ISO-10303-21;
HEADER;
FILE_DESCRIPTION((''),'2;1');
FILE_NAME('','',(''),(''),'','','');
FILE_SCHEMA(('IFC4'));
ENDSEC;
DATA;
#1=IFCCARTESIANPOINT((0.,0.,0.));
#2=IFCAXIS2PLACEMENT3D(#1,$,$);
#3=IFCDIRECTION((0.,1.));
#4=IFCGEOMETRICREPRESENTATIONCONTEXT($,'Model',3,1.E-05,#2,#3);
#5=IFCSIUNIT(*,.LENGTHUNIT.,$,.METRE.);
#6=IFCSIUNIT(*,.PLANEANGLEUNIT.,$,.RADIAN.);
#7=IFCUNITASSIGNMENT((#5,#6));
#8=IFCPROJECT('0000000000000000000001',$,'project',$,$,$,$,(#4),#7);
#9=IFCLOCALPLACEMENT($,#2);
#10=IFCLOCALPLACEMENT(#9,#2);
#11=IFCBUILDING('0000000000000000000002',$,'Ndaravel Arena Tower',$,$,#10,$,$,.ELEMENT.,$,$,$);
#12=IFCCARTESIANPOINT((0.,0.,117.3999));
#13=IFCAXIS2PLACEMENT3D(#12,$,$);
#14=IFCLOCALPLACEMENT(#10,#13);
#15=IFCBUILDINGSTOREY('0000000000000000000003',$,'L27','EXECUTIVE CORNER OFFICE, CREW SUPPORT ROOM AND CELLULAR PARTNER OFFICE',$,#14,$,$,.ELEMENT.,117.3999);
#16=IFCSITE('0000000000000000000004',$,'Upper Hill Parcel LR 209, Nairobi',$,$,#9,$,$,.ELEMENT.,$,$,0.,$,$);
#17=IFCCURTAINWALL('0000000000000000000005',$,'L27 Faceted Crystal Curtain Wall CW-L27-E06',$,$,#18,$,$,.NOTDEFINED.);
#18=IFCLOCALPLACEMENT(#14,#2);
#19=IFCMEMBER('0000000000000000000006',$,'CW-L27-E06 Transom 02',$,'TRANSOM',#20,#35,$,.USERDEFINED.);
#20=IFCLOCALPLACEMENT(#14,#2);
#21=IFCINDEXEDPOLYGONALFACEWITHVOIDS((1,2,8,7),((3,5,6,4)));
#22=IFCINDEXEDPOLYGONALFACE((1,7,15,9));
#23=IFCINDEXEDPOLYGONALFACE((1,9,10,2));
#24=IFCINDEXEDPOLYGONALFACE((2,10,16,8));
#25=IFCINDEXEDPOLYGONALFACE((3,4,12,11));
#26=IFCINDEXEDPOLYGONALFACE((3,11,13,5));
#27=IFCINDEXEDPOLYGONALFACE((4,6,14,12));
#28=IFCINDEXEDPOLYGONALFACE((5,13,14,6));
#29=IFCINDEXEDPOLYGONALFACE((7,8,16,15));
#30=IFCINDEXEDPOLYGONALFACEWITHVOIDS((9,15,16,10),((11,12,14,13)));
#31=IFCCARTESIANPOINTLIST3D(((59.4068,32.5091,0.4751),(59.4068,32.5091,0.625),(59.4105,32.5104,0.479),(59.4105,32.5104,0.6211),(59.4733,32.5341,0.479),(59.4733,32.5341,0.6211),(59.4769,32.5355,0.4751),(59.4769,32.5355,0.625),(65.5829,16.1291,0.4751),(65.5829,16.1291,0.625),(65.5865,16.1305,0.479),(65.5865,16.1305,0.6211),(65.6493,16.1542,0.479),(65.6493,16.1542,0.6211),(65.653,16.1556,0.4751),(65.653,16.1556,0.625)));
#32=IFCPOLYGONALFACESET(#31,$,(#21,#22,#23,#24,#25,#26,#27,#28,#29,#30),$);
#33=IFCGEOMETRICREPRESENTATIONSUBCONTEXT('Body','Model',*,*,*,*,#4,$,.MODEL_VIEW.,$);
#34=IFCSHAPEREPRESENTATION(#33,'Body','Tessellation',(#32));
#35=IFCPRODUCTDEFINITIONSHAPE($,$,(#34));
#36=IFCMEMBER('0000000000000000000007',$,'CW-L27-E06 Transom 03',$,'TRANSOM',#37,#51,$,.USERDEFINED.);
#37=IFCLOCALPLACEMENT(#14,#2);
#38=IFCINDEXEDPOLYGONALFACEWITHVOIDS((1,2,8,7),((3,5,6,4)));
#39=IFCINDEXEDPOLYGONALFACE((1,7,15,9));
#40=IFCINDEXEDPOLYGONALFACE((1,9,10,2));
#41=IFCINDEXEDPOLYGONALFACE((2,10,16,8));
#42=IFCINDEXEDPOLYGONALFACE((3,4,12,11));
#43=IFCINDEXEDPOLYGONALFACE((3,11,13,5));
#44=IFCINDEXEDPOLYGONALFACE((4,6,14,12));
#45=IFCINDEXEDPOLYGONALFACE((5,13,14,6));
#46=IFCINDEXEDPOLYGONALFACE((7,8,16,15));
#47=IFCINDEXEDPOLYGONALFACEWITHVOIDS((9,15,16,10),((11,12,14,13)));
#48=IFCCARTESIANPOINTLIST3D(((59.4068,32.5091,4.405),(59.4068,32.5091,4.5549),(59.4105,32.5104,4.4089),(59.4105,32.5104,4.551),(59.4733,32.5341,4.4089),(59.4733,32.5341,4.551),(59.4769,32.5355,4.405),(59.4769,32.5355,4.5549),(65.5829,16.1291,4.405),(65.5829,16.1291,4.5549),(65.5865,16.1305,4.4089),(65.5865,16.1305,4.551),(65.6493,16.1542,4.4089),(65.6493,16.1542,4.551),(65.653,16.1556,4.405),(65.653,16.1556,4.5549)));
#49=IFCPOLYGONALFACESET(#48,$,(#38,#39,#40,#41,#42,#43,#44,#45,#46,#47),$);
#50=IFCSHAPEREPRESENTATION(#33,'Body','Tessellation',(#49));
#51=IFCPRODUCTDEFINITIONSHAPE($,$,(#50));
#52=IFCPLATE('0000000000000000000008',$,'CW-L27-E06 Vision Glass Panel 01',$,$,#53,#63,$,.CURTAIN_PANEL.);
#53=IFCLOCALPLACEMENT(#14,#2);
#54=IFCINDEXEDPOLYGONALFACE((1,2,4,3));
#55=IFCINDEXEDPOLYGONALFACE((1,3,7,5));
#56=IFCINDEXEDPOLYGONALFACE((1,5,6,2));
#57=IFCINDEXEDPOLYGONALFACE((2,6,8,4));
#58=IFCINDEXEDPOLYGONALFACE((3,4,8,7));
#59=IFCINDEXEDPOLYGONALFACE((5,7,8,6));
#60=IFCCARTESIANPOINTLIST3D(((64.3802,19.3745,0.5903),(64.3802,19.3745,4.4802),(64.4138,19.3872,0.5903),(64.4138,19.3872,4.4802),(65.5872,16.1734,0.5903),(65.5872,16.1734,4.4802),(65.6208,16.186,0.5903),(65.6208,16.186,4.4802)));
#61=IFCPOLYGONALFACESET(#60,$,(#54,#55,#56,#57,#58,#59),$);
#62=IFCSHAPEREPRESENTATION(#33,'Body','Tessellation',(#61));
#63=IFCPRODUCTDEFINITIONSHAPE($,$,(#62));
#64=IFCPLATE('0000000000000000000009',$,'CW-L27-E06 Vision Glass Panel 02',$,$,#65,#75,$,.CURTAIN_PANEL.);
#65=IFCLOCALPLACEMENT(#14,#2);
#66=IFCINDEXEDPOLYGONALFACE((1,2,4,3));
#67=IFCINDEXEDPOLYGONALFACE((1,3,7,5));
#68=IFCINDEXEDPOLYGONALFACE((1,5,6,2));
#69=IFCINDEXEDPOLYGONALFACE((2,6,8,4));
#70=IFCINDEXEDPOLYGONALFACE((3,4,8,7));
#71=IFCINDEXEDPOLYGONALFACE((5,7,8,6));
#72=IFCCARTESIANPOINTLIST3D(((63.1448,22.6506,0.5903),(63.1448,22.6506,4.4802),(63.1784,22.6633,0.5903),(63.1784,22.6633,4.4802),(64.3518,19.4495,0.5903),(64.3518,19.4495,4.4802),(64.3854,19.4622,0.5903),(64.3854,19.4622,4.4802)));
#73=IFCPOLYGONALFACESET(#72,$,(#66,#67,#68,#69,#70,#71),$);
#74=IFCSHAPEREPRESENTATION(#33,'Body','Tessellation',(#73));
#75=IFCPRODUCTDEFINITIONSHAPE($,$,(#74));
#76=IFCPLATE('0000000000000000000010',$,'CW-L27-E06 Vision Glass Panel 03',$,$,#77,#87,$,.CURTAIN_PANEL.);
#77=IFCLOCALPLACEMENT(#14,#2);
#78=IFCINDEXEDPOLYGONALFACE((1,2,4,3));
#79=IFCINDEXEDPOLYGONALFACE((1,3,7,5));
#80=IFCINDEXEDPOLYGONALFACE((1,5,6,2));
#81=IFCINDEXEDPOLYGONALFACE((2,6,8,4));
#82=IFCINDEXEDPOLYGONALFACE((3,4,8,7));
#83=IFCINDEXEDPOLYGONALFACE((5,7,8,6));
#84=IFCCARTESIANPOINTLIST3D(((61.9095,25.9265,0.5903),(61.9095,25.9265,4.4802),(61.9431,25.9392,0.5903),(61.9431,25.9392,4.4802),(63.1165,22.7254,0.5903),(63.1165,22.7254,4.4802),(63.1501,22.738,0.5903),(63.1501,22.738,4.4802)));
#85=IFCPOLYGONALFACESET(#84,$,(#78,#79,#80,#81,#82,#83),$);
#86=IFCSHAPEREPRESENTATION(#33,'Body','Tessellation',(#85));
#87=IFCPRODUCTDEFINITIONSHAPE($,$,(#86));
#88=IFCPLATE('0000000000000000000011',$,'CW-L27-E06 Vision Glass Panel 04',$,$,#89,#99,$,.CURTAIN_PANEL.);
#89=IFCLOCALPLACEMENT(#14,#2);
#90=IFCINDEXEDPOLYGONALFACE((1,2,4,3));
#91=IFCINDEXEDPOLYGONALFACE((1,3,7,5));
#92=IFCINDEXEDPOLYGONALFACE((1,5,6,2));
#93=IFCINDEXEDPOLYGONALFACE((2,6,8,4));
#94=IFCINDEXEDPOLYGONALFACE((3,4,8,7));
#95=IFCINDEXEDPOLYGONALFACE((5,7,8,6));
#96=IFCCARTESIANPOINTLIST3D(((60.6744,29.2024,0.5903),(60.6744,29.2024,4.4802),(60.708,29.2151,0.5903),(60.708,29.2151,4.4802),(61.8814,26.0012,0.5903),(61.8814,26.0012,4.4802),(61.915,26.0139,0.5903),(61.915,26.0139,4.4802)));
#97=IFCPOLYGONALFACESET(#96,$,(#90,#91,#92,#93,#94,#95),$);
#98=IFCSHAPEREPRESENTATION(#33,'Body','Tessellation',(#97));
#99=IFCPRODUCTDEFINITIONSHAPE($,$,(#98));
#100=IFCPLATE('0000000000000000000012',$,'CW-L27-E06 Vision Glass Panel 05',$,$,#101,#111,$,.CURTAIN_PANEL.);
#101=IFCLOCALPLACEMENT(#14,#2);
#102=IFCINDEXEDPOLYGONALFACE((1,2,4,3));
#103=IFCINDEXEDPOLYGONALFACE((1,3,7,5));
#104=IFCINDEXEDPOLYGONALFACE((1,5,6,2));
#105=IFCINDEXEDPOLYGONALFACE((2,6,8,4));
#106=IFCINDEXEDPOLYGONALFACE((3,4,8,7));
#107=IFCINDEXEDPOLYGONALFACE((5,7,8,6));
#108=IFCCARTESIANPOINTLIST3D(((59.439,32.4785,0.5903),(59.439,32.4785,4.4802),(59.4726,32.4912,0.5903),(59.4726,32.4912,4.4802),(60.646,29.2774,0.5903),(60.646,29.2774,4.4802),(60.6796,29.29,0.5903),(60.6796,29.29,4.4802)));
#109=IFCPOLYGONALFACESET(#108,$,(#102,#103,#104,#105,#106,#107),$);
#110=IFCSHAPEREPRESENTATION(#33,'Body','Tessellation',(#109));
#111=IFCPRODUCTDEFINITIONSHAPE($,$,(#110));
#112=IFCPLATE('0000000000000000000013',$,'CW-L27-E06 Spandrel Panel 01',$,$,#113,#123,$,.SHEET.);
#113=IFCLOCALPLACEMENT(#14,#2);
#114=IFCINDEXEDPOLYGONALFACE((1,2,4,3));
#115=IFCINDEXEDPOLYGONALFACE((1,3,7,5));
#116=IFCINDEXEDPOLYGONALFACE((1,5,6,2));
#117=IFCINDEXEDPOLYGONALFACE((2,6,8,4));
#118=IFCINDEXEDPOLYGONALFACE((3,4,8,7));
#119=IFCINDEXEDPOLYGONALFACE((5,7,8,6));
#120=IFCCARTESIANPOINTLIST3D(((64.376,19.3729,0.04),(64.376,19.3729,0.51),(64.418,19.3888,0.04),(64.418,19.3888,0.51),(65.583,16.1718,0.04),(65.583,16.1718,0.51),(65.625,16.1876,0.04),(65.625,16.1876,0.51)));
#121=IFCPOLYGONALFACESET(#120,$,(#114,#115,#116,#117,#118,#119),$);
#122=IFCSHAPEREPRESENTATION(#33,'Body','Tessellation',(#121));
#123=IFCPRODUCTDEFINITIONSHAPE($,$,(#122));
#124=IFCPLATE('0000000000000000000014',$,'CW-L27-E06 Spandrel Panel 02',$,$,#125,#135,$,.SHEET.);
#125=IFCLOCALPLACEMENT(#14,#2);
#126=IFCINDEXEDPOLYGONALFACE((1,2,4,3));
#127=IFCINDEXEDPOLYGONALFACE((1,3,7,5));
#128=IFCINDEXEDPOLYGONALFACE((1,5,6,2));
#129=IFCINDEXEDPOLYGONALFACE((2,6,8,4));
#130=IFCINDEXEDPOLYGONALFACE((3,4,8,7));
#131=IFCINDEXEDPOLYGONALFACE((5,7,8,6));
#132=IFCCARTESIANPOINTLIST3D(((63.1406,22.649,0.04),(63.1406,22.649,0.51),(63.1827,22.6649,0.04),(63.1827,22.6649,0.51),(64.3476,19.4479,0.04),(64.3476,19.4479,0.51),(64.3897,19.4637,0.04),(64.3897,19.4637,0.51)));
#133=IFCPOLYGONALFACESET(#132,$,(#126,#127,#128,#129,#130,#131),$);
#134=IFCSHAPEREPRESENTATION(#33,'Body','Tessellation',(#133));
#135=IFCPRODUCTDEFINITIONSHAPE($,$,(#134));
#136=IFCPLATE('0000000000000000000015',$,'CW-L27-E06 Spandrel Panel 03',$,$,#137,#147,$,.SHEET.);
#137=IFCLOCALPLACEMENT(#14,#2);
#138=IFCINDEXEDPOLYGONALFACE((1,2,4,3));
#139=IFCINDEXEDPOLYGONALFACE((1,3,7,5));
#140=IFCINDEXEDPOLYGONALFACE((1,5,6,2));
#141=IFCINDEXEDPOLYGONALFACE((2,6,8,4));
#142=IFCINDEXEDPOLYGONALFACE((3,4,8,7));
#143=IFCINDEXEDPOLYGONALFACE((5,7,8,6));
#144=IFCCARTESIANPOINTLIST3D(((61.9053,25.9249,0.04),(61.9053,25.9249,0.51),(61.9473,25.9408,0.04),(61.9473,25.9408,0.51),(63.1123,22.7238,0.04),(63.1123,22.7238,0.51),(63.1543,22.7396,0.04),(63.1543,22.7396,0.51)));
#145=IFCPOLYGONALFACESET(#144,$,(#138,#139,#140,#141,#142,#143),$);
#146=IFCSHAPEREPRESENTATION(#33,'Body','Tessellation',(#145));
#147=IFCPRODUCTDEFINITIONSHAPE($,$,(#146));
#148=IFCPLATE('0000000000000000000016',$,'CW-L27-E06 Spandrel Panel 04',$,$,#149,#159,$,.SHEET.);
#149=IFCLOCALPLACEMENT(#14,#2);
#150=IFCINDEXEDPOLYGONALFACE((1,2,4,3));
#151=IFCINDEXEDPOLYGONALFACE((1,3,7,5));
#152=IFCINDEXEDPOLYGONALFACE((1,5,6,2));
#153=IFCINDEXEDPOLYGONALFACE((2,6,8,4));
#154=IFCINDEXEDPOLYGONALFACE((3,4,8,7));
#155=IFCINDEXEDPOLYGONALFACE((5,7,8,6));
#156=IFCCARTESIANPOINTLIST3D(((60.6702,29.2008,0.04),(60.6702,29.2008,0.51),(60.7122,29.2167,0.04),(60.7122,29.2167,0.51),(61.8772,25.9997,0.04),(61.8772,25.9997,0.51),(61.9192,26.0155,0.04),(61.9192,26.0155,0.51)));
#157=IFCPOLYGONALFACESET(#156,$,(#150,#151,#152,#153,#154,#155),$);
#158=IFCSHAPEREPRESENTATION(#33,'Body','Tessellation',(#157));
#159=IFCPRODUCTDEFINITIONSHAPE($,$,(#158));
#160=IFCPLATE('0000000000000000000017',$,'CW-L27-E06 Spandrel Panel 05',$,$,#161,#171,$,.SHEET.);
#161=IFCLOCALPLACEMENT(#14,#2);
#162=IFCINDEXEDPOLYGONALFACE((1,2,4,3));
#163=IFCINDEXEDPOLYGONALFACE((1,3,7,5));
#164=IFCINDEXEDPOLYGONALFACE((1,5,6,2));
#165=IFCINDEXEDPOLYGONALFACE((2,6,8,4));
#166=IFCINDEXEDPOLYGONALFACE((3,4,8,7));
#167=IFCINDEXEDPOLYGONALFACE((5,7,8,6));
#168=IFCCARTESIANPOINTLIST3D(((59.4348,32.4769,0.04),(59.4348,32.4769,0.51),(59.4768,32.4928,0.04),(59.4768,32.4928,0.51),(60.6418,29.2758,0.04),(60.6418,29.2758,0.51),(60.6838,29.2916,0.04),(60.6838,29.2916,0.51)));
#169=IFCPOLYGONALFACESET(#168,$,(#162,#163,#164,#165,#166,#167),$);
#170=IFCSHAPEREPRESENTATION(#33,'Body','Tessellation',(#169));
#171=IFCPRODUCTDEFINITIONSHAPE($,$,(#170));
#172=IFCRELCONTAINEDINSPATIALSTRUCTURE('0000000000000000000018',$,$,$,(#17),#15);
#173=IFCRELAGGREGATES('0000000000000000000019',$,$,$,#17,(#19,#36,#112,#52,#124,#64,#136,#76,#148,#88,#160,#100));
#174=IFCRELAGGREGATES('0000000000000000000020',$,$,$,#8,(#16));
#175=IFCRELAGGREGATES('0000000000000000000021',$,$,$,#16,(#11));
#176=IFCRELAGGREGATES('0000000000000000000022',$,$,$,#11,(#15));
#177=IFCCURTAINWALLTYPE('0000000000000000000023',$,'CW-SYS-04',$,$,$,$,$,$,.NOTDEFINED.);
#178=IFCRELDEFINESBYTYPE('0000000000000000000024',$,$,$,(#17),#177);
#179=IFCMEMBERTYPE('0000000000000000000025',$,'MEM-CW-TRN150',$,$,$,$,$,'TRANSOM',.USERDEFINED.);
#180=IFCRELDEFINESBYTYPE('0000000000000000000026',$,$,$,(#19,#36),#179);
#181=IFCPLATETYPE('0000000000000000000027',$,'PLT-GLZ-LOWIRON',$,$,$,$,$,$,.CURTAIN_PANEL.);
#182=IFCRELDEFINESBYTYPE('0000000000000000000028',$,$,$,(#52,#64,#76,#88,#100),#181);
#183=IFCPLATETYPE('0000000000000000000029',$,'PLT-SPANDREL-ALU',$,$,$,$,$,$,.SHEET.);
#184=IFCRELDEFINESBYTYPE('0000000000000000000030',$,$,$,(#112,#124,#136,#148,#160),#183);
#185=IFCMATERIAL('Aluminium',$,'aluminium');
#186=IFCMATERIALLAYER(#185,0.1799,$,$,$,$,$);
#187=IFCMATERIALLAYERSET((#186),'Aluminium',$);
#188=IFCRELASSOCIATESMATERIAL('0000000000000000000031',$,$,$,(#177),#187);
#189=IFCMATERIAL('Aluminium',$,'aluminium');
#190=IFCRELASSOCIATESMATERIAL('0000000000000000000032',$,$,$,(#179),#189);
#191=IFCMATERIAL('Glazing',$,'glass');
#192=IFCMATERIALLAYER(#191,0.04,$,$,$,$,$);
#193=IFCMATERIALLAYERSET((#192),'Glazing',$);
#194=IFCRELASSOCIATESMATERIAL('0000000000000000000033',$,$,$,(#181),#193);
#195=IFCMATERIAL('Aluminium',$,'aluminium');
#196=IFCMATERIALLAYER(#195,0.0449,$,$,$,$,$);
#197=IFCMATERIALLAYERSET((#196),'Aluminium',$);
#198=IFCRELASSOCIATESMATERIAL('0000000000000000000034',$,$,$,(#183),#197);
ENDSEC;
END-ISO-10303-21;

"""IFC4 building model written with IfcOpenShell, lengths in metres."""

from ifc_helpers import new_model, si_unit, direction, frame, origin, origin_2d, place, context, subcontext, project, spatial, rectangle, hollow_rectangle, extrude, material, layer, layer_set, material_profile, profile_set, type_object, element, aggregate, save


model = new_model("IFC4")

# Units and contexts
model_context = context("Model", 3, precision=1e-05, world=origin(), true_north=direction((0.0, 1.0)))
body_context = subcontext(model_context, "Body", "Model", "MODEL_VIEW")
ifc_project = project(units=[si_unit("LENGTHUNIT", "METRE"), si_unit("PLANEANGLEUNIT", "RADIAN")], contexts=[model_context])

# Site, building, storey
site_placement = place(None, origin())
site = spatial("IfcSite", under=ifc_project, at=site_placement, Name="Upper Hill Parcel LR 209, Nairobi", CompositionType="ELEMENT", RefElevation=0.0)
building_placement = place(site_placement, origin())
building = spatial("IfcBuilding", under=site, at=building_placement, Name="Ndaravel Arena Tower", CompositionType="ELEMENT")
storey_placement = place(building_placement, frame((0.0, 0.0, 117.3999)))
storey = spatial("IfcBuildingStorey", under=building, at=storey_placement, Name="L27", Description="EXECUTIVE CORNER OFFICE, CREW SUPPORT ROOM AND CELLULAR PARTNER OFFICE", CompositionType="ELEMENT", Elevation=117.3999)

# Curtain wall, members, plates
ifc_material_1 = material(Name="Aluminium", Category="aluminium")
ifc_layer_1 = layer(ifc_material_1, 0.1799)
ifc_layer_set_1 = layer_set([ifc_layer_1], Name="Aluminium")
curtain_wall_type = type_object("IfcCurtainWallType", Name="CW-SYS-04", PredefinedType="NOTDEFINED", material=ifc_layer_set_1)
curtain_wall_placement = place(storey_placement, origin())
curtain_wall = element("IfcCurtainWall", 1, at=curtain_wall_placement, inside=storey, type_object=curtain_wall_type, Name="L27 Faceted Crystal Curtain Wall CW-L27-E06", PredefinedType="NOTDEFINED")
ifc_material_2 = material(Name="Aluminium", Category="aluminium")
ifc_material_profile_1 = material_profile(ifc_material_2, hollow_rectangle(XDim=0.075, YDim=0.1499, WallThickness=0.0039, at=origin_2d()), Name="CW TRANSOM 75x150x4")
ifc_profile_set_1 = profile_set([ifc_material_profile_1], Name="Aluminium")
member_type_1 = type_object("IfcMemberType", Name="MEM-CW-TRN150", ElementType="TRANSOM", PredefinedType="USERDEFINED", material=ifc_profile_set_1)
member_1_placement = place(storey_placement, frame((65.6179, 16.1423, 0.55), z_axis=(-0.352804, 0.935697, 0.0), x_axis=(-0.935697, -0.352804, 0.0)))
member_1 = element("IfcMember", 2, at=member_1_placement, type_object=member_type_1, Name="CW-L27-E06 Transom 02", ObjectType="TRANSOM", PredefinedType="USERDEFINED", context=body_context, shape_type="SweptSolid", body=[
    extrude(hollow_rectangle(XDim=0.075, YDim=0.1499, WallThickness=0.0039, at=origin_2d()), origin(), (0.0, 0.0, 1.0), 17.5056),
])
member_2_placement = place(storey_placement, frame((65.6179, 16.1423, 4.48), z_axis=(-0.352804, 0.935697, 0.0), x_axis=(-0.935697, -0.352804, 0.0)))
member_2 = element("IfcMember", 3, at=member_2_placement, type_object=member_type_1, Name="CW-L27-E06 Transom 03", ObjectType="TRANSOM", PredefinedType="USERDEFINED", context=body_context, shape_type="SweptSolid", body=[
    extrude(hollow_rectangle(XDim=0.075, YDim=0.1499, WallThickness=0.0039, at=origin_2d()), origin(), (0.0, 0.0, 1.0), 17.5056),
])
ifc_material_3 = material(Name="Glazing", Category="glass")
ifc_layer_2 = layer(ifc_material_3, 0.04)
ifc_layer_set_2 = layer_set([ifc_layer_2], Name="Glazing")
plate_type_1 = type_object("IfcPlateType", Name="PLT-GLZ-LOWIRON", PredefinedType="CURTAIN_PANEL", material=ifc_layer_set_2)
plate_1_placement = place(storey_placement, frame((65.0005, 17.7803, 0.5903), z_axis=(0.0, 0.0, 1.0), x_axis=(-0.352805, 0.935697, 0.0)))
plate_1 = element("IfcPlate", 4, at=plate_1_placement, type_object=plate_type_1, Name="CW-L27-E06 Vision Glass Panel 01", PredefinedType="CURTAIN_PANEL", context=body_context, shape_type="SweptSolid", body=[
    extrude(rectangle(XDim=3.4211, YDim=0.0359, at=origin_2d()), origin(), (0.0, 0.0, 1.0), 3.8899),
])
plate_2_placement = place(storey_placement, frame((63.7651, 21.0564, 0.5903), z_axis=(0.0, 0.0, 1.0), x_axis=(-0.352805, 0.935697, 0.0)))
plate_2 = element("IfcPlate", 5, at=plate_2_placement, type_object=plate_type_1, Name="CW-L27-E06 Vision Glass Panel 02", PredefinedType="CURTAIN_PANEL", context=body_context, shape_type="SweptSolid", body=[
    extrude(rectangle(XDim=3.4211, YDim=0.0359, at=origin_2d()), origin(), (0.0, 0.0, 1.0), 3.8899),
])
plate_3_placement = place(storey_placement, frame((62.5298, 24.3323, 0.5903), z_axis=(0.0, 0.0, 1.0), x_axis=(-0.352805, 0.935697, 0.0)))
plate_3 = element("IfcPlate", 6, at=plate_3_placement, type_object=plate_type_1, Name="CW-L27-E06 Vision Glass Panel 03", PredefinedType="CURTAIN_PANEL", context=body_context, shape_type="SweptSolid", body=[
    extrude(rectangle(XDim=3.4211, YDim=0.0359, at=origin_2d()), origin(), (0.0, 0.0, 1.0), 3.8899),
])
plate_4_placement = place(storey_placement, frame((61.2947, 27.6082, 0.5903), z_axis=(0.0, 0.0, 1.0), x_axis=(-0.352805, 0.935697, 0.0)))
plate_4 = element("IfcPlate", 7, at=plate_4_placement, type_object=plate_type_1, Name="CW-L27-E06 Vision Glass Panel 04", PredefinedType="CURTAIN_PANEL", context=body_context, shape_type="SweptSolid", body=[
    extrude(rectangle(XDim=3.4211, YDim=0.0359, at=origin_2d()), origin(), (0.0, 0.0, 1.0), 3.8899),
])
plate_5_placement = place(storey_placement, frame((60.0593, 30.8843, 0.5903), z_axis=(0.0, 0.0, 1.0), x_axis=(-0.352805, 0.935697, 0.0)))
plate_5 = element("IfcPlate", 8, at=plate_5_placement, type_object=plate_type_1, Name="CW-L27-E06 Vision Glass Panel 05", PredefinedType="CURTAIN_PANEL", context=body_context, shape_type="SweptSolid", body=[
    extrude(rectangle(XDim=3.4211, YDim=0.0359, at=origin_2d()), origin(), (0.0, 0.0, 1.0), 3.8899),
])
ifc_material_4 = material(Name="Aluminium", Category="aluminium")
ifc_layer_3 = layer(ifc_material_4, 0.0449)
ifc_layer_set_3 = layer_set([ifc_layer_3], Name="Aluminium")
plate_type_2 = type_object("IfcPlateType", Name="PLT-SPANDREL-ALU", PredefinedType="SHEET", material=ifc_layer_set_3)
plate_6_placement = place(storey_placement, frame((65.0005, 17.7803, 0.04), z_axis=(0.0, 0.0, 1.0), x_axis=(-0.352805, 0.935697, 0.0)))
plate_6 = element("IfcPlate", 9, at=plate_6_placement, type_object=plate_type_2, Name="CW-L27-E06 Spandrel Panel 01", PredefinedType="SHEET", context=body_context, shape_type="SweptSolid", body=[
    extrude(rectangle(XDim=3.4211, YDim=0.0449, at=origin_2d()), origin(), (0.0, 0.0, 1.0), 0.47),
])
plate_7_placement = place(storey_placement, frame((63.7651, 21.0564, 0.04), z_axis=(0.0, 0.0, 1.0), x_axis=(-0.352805, 0.935697, 0.0)))
plate_7 = element("IfcPlate", 10, at=plate_7_placement, type_object=plate_type_2, Name="CW-L27-E06 Spandrel Panel 02", PredefinedType="SHEET", context=body_context, shape_type="SweptSolid", body=[
    extrude(rectangle(XDim=3.4211, YDim=0.0449, at=origin_2d()), origin(), (0.0, 0.0, 1.0), 0.47),
])
plate_8_placement = place(storey_placement, frame((62.5298, 24.3323, 0.04), z_axis=(0.0, 0.0, 1.0), x_axis=(-0.352805, 0.935697, 0.0)))
plate_8 = element("IfcPlate", 11, at=plate_8_placement, type_object=plate_type_2, Name="CW-L27-E06 Spandrel Panel 03", PredefinedType="SHEET", context=body_context, shape_type="SweptSolid", body=[
    extrude(rectangle(XDim=3.4211, YDim=0.0449, at=origin_2d()), origin(), (0.0, 0.0, 1.0), 0.47),
])
plate_9_placement = place(storey_placement, frame((61.2947, 27.6082, 0.04), z_axis=(0.0, 0.0, 1.0), x_axis=(-0.352805, 0.935697, 0.0)))
plate_9 = element("IfcPlate", 12, at=plate_9_placement, type_object=plate_type_2, Name="CW-L27-E06 Spandrel Panel 04", PredefinedType="SHEET", context=body_context, shape_type="SweptSolid", body=[
    extrude(rectangle(XDim=3.4211, YDim=0.0449, at=origin_2d()), origin(), (0.0, 0.0, 1.0), 0.47),
])
plate_10_placement = place(storey_placement, frame((60.0593, 30.8843, 0.04), z_axis=(0.0, 0.0, 1.0), x_axis=(-0.352805, 0.935697, 0.0)))
plate_10 = element("IfcPlate", 13, at=plate_10_placement, type_object=plate_type_2, Name="CW-L27-E06 Spandrel Panel 05", PredefinedType="SHEET", context=body_context, shape_type="SweptSolid", body=[
    extrude(rectangle(XDim=3.4211, YDim=0.0449, at=origin_2d()), origin(), (0.0, 0.0, 1.0), 0.47),
])
aggregate(curtain_wall, [member_1, member_2, plate_6, plate_1, plate_7, plate_2, plate_8, plate_3, plate_9, plate_4, plate_10, plate_5])

save(model, "model.ifc")
